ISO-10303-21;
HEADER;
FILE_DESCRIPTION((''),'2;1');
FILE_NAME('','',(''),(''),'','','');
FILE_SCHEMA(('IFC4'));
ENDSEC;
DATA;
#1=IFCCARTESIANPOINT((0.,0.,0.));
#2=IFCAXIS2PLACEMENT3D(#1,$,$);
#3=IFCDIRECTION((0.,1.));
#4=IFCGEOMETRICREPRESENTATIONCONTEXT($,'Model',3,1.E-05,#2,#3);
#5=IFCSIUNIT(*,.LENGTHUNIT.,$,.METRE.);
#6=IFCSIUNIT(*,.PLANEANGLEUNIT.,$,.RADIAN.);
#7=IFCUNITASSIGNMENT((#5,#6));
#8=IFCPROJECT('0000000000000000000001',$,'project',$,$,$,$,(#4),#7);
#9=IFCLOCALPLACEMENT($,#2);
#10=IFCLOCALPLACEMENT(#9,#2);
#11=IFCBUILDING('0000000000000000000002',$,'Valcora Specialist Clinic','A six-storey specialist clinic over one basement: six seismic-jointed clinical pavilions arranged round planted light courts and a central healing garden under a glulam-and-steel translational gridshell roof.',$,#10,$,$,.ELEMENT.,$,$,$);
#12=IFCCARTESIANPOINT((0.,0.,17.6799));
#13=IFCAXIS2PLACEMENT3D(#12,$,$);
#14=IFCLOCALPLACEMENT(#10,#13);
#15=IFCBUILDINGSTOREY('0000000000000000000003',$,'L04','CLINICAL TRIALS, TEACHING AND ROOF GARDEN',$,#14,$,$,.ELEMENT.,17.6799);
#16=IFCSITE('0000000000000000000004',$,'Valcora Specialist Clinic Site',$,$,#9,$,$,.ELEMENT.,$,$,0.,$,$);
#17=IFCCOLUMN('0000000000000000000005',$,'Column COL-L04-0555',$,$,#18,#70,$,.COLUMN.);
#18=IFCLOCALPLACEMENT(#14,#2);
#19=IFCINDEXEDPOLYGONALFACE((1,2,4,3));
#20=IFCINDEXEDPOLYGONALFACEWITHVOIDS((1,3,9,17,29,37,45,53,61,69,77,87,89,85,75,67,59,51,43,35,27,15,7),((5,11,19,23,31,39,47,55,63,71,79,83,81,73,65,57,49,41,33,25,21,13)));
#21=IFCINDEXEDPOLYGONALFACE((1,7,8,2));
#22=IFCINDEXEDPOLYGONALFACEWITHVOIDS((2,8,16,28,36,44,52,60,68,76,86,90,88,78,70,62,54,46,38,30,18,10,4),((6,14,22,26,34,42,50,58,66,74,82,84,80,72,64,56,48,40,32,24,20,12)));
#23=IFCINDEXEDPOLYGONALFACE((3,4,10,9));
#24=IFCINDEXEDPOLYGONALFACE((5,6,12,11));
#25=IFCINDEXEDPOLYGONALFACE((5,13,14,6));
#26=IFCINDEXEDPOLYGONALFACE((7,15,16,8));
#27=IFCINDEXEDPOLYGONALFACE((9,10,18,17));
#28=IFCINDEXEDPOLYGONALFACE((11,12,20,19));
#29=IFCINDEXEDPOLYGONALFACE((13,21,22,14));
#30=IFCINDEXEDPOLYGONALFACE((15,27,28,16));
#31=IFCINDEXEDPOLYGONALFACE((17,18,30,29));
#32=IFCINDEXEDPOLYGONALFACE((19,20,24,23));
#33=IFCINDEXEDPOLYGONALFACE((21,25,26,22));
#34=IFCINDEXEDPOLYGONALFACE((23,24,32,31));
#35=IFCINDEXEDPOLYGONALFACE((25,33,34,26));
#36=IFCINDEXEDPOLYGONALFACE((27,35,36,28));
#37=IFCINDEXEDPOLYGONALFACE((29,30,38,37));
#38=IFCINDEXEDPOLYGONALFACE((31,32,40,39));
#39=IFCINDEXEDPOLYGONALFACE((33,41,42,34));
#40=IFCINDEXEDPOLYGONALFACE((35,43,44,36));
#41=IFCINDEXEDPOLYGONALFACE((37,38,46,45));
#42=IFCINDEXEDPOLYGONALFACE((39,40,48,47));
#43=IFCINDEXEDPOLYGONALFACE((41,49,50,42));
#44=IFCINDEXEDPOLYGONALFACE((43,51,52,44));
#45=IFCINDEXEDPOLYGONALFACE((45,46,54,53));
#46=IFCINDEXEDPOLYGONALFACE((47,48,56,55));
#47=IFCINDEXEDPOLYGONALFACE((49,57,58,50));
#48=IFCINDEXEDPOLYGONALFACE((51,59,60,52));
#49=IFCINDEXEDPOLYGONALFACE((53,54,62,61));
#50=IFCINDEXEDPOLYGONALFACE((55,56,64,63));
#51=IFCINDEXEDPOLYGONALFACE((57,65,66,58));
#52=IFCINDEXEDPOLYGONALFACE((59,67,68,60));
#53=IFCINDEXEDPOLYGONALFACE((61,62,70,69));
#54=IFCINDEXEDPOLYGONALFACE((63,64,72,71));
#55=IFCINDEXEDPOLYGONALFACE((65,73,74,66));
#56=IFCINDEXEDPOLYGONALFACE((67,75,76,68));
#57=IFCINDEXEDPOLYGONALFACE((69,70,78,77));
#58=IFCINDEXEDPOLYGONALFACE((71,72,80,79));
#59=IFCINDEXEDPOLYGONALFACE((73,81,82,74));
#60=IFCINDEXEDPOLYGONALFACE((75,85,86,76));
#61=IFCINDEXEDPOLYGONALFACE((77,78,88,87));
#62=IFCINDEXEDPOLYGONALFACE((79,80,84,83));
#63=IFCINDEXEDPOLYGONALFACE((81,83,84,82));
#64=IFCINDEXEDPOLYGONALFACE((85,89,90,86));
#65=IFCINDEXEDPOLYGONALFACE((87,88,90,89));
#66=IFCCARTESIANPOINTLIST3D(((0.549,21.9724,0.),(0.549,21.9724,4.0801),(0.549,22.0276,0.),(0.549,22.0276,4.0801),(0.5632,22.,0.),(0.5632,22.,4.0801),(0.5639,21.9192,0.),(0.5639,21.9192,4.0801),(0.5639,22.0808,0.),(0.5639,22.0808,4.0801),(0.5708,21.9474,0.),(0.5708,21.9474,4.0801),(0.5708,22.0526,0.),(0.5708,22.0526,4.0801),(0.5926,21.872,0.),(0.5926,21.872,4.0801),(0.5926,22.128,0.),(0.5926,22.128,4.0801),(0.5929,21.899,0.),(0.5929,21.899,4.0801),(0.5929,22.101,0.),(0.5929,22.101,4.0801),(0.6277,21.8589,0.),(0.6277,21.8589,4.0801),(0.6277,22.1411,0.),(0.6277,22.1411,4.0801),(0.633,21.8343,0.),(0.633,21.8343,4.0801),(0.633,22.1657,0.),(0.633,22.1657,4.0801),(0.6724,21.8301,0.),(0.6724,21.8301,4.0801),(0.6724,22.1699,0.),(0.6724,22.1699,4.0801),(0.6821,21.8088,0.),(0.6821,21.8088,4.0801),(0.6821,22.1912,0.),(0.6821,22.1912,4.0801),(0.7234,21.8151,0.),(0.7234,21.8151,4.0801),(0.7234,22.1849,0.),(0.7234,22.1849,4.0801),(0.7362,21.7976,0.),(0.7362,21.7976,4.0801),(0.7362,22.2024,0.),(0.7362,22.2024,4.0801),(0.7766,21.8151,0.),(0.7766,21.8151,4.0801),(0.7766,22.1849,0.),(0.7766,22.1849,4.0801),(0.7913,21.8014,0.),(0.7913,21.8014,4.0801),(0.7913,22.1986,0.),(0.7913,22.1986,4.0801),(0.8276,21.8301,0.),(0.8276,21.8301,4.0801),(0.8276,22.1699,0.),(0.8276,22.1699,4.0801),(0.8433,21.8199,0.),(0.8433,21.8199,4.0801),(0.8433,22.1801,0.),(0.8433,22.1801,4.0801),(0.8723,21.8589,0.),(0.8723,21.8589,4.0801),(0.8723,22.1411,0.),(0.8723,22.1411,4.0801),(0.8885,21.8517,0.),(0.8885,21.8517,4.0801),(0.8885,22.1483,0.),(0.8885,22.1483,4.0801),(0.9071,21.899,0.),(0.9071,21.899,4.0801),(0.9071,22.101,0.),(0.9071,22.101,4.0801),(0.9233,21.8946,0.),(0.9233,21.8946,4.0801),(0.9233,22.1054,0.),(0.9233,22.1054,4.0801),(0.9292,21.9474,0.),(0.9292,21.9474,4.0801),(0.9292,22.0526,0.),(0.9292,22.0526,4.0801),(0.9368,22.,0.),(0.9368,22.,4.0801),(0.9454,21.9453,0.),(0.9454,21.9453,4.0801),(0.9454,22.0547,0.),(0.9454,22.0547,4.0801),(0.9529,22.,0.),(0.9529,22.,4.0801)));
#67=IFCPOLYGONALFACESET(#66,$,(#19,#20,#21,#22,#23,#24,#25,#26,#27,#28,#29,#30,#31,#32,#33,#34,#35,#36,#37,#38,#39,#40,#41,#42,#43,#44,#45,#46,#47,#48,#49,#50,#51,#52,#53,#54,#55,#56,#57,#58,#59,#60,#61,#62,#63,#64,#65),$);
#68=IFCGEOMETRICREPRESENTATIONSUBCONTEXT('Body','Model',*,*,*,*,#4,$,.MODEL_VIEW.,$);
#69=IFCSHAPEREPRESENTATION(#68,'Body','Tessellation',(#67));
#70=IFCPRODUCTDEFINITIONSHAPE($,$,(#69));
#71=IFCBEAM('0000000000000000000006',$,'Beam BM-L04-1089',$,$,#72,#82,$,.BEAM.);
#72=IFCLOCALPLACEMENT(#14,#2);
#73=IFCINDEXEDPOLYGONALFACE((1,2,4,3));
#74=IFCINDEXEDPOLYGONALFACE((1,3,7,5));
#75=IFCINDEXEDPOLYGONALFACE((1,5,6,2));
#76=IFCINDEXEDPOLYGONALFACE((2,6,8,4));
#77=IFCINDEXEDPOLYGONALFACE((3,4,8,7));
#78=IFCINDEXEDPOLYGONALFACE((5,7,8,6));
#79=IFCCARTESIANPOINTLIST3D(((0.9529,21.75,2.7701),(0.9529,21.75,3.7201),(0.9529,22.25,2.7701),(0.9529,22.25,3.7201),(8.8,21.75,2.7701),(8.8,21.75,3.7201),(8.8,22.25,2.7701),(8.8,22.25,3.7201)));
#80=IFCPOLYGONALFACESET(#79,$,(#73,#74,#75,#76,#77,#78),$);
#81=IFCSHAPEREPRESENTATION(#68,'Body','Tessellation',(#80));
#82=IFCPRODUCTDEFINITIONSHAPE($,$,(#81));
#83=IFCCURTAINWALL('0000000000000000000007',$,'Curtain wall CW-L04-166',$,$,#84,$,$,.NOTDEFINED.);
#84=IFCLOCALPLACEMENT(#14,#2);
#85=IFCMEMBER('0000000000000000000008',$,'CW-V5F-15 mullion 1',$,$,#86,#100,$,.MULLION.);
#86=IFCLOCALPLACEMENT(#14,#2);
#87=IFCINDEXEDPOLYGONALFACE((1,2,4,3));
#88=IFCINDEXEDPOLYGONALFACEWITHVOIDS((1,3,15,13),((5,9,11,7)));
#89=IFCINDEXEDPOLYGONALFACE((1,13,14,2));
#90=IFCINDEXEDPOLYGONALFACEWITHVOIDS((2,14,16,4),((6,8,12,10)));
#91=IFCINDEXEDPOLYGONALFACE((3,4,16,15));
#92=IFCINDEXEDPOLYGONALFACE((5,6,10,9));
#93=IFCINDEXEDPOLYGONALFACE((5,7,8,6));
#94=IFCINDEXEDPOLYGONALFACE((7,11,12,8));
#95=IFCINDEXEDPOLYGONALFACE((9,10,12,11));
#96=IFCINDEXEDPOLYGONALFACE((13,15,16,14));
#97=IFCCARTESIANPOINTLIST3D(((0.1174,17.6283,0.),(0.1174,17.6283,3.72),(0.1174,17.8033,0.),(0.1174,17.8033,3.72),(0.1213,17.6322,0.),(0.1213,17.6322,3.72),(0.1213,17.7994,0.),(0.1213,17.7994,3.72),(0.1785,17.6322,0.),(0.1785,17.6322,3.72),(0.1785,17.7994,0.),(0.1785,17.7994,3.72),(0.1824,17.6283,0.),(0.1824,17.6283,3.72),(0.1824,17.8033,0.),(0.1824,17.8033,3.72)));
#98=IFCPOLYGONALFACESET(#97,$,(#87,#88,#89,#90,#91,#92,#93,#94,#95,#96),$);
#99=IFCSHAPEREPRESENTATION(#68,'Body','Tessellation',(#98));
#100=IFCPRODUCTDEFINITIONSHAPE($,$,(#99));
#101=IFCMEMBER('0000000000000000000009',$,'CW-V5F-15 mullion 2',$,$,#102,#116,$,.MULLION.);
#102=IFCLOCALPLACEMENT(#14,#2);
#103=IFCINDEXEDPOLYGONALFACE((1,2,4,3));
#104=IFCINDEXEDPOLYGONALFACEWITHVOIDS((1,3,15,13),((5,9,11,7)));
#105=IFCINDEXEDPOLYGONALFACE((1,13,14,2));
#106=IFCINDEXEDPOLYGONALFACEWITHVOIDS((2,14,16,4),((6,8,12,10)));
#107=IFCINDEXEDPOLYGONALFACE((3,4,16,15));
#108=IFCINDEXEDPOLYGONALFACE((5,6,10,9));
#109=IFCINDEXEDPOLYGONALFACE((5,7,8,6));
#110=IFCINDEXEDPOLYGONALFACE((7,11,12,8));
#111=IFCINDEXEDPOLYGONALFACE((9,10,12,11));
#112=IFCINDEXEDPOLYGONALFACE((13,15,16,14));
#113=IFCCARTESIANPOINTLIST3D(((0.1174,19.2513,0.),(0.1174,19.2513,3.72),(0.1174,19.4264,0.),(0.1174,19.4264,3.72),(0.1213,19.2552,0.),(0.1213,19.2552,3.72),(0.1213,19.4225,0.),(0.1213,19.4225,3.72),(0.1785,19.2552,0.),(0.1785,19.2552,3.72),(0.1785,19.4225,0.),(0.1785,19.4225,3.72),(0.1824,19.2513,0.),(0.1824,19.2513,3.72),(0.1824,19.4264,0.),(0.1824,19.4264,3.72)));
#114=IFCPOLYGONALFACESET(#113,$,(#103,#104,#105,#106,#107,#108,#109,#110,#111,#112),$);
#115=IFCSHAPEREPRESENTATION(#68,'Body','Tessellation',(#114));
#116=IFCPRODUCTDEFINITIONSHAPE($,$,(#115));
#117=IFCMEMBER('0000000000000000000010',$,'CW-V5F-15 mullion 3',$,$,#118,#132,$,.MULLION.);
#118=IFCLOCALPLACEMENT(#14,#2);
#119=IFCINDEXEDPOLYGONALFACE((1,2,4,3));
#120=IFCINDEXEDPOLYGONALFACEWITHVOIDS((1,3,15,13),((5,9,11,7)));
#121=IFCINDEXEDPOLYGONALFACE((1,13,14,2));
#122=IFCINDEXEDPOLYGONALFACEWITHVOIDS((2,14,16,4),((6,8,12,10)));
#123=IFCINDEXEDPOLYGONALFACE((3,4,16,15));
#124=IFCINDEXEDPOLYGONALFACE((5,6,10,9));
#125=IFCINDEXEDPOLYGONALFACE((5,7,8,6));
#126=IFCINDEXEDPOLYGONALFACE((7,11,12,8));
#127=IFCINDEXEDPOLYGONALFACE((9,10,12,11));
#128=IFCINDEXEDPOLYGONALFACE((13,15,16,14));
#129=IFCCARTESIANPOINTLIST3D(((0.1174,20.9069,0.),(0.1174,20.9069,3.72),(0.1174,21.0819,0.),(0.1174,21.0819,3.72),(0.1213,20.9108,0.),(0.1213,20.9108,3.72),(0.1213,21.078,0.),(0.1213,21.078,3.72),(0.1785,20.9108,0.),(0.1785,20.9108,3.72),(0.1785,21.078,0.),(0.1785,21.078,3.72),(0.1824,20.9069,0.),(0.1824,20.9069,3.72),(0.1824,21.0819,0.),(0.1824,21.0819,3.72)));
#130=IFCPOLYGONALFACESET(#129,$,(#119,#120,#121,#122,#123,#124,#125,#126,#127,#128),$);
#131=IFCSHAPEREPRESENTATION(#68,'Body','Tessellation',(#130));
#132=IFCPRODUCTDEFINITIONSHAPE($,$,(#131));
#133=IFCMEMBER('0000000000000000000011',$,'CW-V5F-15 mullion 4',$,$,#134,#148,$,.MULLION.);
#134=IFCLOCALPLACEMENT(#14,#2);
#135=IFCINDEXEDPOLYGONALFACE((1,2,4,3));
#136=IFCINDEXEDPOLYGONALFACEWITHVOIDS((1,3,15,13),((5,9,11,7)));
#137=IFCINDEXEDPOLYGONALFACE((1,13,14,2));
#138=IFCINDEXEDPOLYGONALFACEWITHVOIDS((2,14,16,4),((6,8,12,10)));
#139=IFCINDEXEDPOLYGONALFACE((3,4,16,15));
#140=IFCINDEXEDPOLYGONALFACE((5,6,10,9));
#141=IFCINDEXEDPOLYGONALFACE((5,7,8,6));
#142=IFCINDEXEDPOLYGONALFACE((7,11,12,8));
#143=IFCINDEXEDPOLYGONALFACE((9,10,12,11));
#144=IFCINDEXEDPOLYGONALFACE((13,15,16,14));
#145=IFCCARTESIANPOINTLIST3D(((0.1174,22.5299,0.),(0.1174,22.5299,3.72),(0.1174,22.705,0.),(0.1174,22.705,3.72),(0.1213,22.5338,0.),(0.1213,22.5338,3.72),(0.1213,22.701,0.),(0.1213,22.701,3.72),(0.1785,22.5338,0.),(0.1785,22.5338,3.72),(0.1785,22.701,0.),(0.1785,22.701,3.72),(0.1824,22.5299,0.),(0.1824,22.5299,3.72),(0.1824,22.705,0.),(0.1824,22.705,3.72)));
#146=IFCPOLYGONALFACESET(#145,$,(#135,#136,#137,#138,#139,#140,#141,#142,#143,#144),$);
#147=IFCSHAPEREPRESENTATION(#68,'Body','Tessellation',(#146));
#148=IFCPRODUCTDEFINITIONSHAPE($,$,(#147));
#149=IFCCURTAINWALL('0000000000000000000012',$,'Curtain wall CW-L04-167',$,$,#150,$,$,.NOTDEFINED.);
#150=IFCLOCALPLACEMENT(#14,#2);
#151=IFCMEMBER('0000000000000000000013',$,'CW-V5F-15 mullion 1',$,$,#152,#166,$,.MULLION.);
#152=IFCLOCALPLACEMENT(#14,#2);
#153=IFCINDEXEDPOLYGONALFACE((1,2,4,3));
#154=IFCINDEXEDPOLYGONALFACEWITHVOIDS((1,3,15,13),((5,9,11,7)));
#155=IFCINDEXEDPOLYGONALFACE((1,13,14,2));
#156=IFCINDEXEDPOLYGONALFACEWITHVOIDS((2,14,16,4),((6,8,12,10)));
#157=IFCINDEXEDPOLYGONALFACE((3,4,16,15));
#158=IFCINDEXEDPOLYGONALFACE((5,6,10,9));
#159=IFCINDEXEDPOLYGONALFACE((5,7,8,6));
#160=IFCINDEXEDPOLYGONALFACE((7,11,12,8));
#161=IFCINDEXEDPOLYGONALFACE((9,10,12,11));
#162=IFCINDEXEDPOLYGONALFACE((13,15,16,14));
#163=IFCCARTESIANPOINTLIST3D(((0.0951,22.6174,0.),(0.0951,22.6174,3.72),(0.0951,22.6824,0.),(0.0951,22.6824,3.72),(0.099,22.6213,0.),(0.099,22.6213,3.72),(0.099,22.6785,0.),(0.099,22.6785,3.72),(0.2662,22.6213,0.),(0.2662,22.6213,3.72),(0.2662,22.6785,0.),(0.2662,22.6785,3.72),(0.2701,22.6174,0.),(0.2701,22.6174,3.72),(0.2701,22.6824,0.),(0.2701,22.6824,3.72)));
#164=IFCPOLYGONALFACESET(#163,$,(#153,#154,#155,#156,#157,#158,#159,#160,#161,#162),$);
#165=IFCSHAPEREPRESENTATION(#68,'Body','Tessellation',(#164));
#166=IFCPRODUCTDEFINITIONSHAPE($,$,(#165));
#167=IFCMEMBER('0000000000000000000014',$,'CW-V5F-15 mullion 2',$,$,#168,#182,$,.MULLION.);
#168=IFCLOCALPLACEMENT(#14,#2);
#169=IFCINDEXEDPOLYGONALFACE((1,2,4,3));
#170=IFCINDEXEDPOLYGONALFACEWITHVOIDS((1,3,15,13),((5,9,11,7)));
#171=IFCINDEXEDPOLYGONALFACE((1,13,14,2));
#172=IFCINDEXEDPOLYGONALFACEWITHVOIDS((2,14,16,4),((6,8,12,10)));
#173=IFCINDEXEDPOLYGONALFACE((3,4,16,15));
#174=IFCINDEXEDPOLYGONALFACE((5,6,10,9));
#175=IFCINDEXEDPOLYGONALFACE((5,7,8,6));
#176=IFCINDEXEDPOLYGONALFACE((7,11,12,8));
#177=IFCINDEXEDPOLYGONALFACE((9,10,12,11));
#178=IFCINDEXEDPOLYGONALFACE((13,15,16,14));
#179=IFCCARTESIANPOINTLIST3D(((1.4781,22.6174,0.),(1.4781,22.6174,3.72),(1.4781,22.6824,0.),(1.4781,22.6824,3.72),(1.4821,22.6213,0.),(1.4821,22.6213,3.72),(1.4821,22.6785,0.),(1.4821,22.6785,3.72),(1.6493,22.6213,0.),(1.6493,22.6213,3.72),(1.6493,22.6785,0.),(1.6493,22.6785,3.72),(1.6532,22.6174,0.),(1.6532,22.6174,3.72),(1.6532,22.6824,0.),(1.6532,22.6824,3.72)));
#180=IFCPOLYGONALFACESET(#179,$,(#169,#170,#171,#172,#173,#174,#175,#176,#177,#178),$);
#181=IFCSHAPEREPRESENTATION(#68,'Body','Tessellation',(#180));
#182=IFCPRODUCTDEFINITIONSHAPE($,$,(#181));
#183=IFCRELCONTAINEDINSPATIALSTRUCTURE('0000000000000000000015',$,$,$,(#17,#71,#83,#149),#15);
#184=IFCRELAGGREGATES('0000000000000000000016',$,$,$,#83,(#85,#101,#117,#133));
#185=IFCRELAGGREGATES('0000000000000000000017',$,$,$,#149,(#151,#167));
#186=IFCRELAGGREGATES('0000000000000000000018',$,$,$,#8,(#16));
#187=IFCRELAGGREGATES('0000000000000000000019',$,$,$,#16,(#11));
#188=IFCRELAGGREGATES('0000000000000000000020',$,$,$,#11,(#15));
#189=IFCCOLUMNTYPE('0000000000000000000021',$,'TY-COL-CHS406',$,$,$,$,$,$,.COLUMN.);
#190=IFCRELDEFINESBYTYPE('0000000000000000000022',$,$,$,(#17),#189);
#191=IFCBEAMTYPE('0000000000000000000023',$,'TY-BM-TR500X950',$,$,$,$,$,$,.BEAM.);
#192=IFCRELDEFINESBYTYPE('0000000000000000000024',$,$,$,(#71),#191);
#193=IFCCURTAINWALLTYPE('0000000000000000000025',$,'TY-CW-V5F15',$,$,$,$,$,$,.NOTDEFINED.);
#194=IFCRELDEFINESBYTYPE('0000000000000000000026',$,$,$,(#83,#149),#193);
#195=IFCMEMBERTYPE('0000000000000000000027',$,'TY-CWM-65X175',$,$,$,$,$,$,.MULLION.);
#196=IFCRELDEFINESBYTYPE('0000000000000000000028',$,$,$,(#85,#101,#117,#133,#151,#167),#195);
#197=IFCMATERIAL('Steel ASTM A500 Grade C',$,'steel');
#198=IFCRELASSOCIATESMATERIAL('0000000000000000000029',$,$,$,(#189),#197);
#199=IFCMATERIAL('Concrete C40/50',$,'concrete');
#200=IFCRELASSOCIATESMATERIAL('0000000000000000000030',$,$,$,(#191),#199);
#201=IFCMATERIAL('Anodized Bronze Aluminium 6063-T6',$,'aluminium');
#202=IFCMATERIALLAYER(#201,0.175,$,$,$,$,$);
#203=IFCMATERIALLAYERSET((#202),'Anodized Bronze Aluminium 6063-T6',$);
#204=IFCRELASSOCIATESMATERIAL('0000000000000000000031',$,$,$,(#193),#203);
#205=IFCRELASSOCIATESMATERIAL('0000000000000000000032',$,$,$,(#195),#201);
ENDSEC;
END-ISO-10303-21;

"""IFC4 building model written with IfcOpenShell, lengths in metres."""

from ifc_helpers import new_model, si_unit, direction, frame, origin, origin_2d, place, context, subcontext, project, spatial, rectangle, hollow_rectangle, hollow_circle, extrude, material, layer, layer_set, material_profile, profile_set, type_object, element, aggregate, save


model = new_model("IFC4")

# Units and contexts
model_context = context("Model", 3, precision=1e-05, world=origin(), true_north=direction((0.0, 1.0)))
body_context = subcontext(model_context, "Body", "Model", "MODEL_VIEW")
ifc_project = project(units=[si_unit("LENGTHUNIT", "METRE"), si_unit("PLANEANGLEUNIT", "RADIAN")], contexts=[model_context])

# Site, building, storey
site_placement = place(None, origin())
site = spatial("IfcSite", under=ifc_project, at=site_placement, Name="Valcora Specialist Clinic Site", CompositionType="ELEMENT", RefElevation=0.0)
building_placement = place(site_placement, origin())
building = spatial("IfcBuilding", under=site, at=building_placement, Name="Valcora Specialist Clinic", Description="A six-storey specialist clinic over one basement: six seismic-jointed clinical pavilions arranged round planted light courts and a central healing garden under a glulam-and-steel translational gridshell roof.", CompositionType="ELEMENT")
storey_placement = place(building_placement, frame((0.0, 0.0, 17.6799)))
storey = spatial("IfcBuildingStorey", under=building, at=storey_placement, Name="L04", Description="CLINICAL TRIALS, TEACHING AND ROOF GARDEN", CompositionType="ELEMENT", Elevation=17.6799)

# Column
ifc_material_1 = material(Name="Steel ASTM A500 Grade C", Category="steel")
ifc_material_profile_1 = material_profile(ifc_material_1, hollow_circle(Radius=0.2029, WallThickness=0.0161, at=origin_2d()), Name="ST-CHS-406X16")
ifc_profile_set_1 = profile_set([ifc_material_profile_1], Name="Steel ASTM A500 Grade C")
column_type = type_object("IfcColumnType", Name="TY-COL-CHS406", PredefinedType="COLUMN", material=ifc_profile_set_1)
column_placement = place(storey_placement, frame((0.75, 22.0, 0.0), z_axis=(0.0, 0.0, 1.0), x_axis=(1.0, 0.0, 0.0)))
element("IfcColumn", 1, at=column_placement, inside=storey, type_object=column_type, Name="Column COL-L04-0555", PredefinedType="COLUMN", context=body_context, shape_type="SweptSolid", body=[
    extrude(hollow_circle(Radius=0.2029, WallThickness=0.0161, at=origin_2d()), origin(), (0.0, 0.0, 1.0), 4.0801),
])

# Beam
ifc_material_2 = material(Name="Concrete C40/50", Category="concrete")
ifc_material_profile_2 = material_profile(ifc_material_2, rectangle(XDim=0.5, YDim=0.95, at=origin_2d()), Name="RC-BM-500X950")
ifc_profile_set_2 = profile_set([ifc_material_profile_2], Name="Concrete C40/50")
beam_type = type_object("IfcBeamType", Name="TY-BM-TR500X950", PredefinedType="BEAM", material=ifc_profile_set_2)
beam_placement = place(storey_placement, frame((0.9529, 22.0, 3.2451), z_axis=(1.0, 0.0, 0.0), x_axis=(0.0, 1.0, 0.0)))
element("IfcBeam", 2, at=beam_placement, inside=storey, type_object=beam_type, Name="Beam BM-L04-1089", PredefinedType="BEAM", context=body_context, shape_type="SweptSolid", body=[
    extrude(rectangle(XDim=0.5, YDim=0.95, at=origin_2d()), origin(), (0.0, 0.0, 1.0), 7.8472),
])

# Curtain walls, members
ifc_material_3 = material(Name="Anodized Bronze Aluminium 6063-T6", Category="aluminium")
ifc_layer_1 = layer(ifc_material_3, 0.175)
ifc_layer_set_1 = layer_set([ifc_layer_1], Name="Anodized Bronze Aluminium 6063-T6")
curtain_wall_type = type_object("IfcCurtainWallType", Name="TY-CW-V5F15", PredefinedType="NOTDEFINED", material=ifc_layer_set_1)
curtain_wall_1_placement = place(storey_placement, origin())
curtain_wall_1 = element("IfcCurtainWall", 3, at=curtain_wall_1_placement, inside=storey, type_object=curtain_wall_type, Name="Curtain wall CW-L04-166", PredefinedType="NOTDEFINED")
ifc_material_profile_3 = material_profile(ifc_material_3, hollow_rectangle(XDim=0.0649, YDim=0.175, WallThickness=0.0039, at=origin_2d()), Name="AL-MUL-65X175")
ifc_profile_set_3 = profile_set([ifc_material_profile_3], Name="Anodized Bronze Aluminium 6063-T6")
member_type_1 = type_object("IfcMemberType", Name="TY-CWM-65X175", PredefinedType="MULLION", material=ifc_profile_set_3)
member_1_placement = place(storey_placement, frame((0.1499, 17.7158, 0.0), z_axis=(0.0, 0.0, 1.0), x_axis=(-1.0, 0.0, 0.0)))
member_1 = element("IfcMember", 4, at=member_1_placement, type_object=member_type_1, Name="CW-V5F-15 mullion 1", PredefinedType="MULLION", context=body_context, shape_type="SweptSolid", body=[
    extrude(hollow_rectangle(XDim=0.0649, YDim=0.175, WallThickness=0.0039, at=origin_2d()), origin(), (0.0, 0.0, 1.0), 3.72),
])
member_2_placement = place(storey_placement, frame((0.1499, 19.3389, 0.0), z_axis=(0.0, 0.0, 1.0), x_axis=(-1.0, 0.0, 0.0)))
member_2 = element("IfcMember", 5, at=member_2_placement, type_object=member_type_1, Name="CW-V5F-15 mullion 2", PredefinedType="MULLION", context=body_context, shape_type="SweptSolid", body=[
    extrude(hollow_rectangle(XDim=0.0649, YDim=0.175, WallThickness=0.0039, at=origin_2d()), origin(), (0.0, 0.0, 1.0), 3.72),
])
member_3_placement = place(storey_placement, frame((0.1499, 20.9944, 0.0), z_axis=(0.0, 0.0, 1.0), x_axis=(-1.0, 0.0, 0.0)))
member_3 = element("IfcMember", 6, at=member_3_placement, type_object=member_type_1, Name="CW-V5F-15 mullion 3", PredefinedType="MULLION", context=body_context, shape_type="SweptSolid", body=[
    extrude(hollow_rectangle(XDim=0.0649, YDim=0.175, WallThickness=0.0039, at=origin_2d()), origin(), (0.0, 0.0, 1.0), 3.72),
])
member_4_placement = place(storey_placement, frame((0.1499, 22.6174, 0.0), z_axis=(0.0, 0.0, 1.0), x_axis=(-1.0, 0.0, 0.0)))
member_4 = element("IfcMember", 7, at=member_4_placement, type_object=member_type_1, Name="CW-V5F-15 mullion 4", PredefinedType="MULLION", context=body_context, shape_type="SweptSolid", body=[
    extrude(hollow_rectangle(XDim=0.0649, YDim=0.175, WallThickness=0.0039, at=origin_2d()), origin(), (0.0, 0.0, 1.0), 3.72),
])
curtain_wall_2_placement = place(storey_placement, origin())
curtain_wall_2 = element("IfcCurtainWall", 8, at=curtain_wall_2_placement, inside=storey, type_object=curtain_wall_type, Name="Curtain wall CW-L04-167", PredefinedType="NOTDEFINED")
member_5_placement = place(storey_placement, frame((0.1826, 22.6499, 0.0), z_axis=(0.0, 0.0, 1.0), x_axis=(0.0, 1.0, 0.0)))
member_5 = element("IfcMember", 9, at=member_5_placement, type_object=member_type_1, Name="CW-V5F-15 mullion 1", PredefinedType="MULLION", context=body_context, shape_type="SweptSolid", body=[
    extrude(hollow_rectangle(XDim=0.0649, YDim=0.175, WallThickness=0.0039, at=origin_2d()), origin(), (0.0, 0.0, 1.0), 3.72),
])
member_6_placement = place(storey_placement, frame((1.5657, 22.6499, 0.0), z_axis=(0.0, 0.0, 1.0), x_axis=(0.0, 1.0, 0.0)))
member_6 = element("IfcMember", 10, at=member_6_placement, type_object=member_type_1, Name="CW-V5F-15 mullion 2", PredefinedType="MULLION", context=body_context, shape_type="SweptSolid", body=[
    extrude(hollow_rectangle(XDim=0.0649, YDim=0.175, WallThickness=0.0039, at=origin_2d()), origin(), (0.0, 0.0, 1.0), 3.72),
])

aggregate(curtain_wall_1, [member_1, member_2, member_3, member_4])
aggregate(curtain_wall_2, [member_5, member_6])

save(model, "model.ifc")
